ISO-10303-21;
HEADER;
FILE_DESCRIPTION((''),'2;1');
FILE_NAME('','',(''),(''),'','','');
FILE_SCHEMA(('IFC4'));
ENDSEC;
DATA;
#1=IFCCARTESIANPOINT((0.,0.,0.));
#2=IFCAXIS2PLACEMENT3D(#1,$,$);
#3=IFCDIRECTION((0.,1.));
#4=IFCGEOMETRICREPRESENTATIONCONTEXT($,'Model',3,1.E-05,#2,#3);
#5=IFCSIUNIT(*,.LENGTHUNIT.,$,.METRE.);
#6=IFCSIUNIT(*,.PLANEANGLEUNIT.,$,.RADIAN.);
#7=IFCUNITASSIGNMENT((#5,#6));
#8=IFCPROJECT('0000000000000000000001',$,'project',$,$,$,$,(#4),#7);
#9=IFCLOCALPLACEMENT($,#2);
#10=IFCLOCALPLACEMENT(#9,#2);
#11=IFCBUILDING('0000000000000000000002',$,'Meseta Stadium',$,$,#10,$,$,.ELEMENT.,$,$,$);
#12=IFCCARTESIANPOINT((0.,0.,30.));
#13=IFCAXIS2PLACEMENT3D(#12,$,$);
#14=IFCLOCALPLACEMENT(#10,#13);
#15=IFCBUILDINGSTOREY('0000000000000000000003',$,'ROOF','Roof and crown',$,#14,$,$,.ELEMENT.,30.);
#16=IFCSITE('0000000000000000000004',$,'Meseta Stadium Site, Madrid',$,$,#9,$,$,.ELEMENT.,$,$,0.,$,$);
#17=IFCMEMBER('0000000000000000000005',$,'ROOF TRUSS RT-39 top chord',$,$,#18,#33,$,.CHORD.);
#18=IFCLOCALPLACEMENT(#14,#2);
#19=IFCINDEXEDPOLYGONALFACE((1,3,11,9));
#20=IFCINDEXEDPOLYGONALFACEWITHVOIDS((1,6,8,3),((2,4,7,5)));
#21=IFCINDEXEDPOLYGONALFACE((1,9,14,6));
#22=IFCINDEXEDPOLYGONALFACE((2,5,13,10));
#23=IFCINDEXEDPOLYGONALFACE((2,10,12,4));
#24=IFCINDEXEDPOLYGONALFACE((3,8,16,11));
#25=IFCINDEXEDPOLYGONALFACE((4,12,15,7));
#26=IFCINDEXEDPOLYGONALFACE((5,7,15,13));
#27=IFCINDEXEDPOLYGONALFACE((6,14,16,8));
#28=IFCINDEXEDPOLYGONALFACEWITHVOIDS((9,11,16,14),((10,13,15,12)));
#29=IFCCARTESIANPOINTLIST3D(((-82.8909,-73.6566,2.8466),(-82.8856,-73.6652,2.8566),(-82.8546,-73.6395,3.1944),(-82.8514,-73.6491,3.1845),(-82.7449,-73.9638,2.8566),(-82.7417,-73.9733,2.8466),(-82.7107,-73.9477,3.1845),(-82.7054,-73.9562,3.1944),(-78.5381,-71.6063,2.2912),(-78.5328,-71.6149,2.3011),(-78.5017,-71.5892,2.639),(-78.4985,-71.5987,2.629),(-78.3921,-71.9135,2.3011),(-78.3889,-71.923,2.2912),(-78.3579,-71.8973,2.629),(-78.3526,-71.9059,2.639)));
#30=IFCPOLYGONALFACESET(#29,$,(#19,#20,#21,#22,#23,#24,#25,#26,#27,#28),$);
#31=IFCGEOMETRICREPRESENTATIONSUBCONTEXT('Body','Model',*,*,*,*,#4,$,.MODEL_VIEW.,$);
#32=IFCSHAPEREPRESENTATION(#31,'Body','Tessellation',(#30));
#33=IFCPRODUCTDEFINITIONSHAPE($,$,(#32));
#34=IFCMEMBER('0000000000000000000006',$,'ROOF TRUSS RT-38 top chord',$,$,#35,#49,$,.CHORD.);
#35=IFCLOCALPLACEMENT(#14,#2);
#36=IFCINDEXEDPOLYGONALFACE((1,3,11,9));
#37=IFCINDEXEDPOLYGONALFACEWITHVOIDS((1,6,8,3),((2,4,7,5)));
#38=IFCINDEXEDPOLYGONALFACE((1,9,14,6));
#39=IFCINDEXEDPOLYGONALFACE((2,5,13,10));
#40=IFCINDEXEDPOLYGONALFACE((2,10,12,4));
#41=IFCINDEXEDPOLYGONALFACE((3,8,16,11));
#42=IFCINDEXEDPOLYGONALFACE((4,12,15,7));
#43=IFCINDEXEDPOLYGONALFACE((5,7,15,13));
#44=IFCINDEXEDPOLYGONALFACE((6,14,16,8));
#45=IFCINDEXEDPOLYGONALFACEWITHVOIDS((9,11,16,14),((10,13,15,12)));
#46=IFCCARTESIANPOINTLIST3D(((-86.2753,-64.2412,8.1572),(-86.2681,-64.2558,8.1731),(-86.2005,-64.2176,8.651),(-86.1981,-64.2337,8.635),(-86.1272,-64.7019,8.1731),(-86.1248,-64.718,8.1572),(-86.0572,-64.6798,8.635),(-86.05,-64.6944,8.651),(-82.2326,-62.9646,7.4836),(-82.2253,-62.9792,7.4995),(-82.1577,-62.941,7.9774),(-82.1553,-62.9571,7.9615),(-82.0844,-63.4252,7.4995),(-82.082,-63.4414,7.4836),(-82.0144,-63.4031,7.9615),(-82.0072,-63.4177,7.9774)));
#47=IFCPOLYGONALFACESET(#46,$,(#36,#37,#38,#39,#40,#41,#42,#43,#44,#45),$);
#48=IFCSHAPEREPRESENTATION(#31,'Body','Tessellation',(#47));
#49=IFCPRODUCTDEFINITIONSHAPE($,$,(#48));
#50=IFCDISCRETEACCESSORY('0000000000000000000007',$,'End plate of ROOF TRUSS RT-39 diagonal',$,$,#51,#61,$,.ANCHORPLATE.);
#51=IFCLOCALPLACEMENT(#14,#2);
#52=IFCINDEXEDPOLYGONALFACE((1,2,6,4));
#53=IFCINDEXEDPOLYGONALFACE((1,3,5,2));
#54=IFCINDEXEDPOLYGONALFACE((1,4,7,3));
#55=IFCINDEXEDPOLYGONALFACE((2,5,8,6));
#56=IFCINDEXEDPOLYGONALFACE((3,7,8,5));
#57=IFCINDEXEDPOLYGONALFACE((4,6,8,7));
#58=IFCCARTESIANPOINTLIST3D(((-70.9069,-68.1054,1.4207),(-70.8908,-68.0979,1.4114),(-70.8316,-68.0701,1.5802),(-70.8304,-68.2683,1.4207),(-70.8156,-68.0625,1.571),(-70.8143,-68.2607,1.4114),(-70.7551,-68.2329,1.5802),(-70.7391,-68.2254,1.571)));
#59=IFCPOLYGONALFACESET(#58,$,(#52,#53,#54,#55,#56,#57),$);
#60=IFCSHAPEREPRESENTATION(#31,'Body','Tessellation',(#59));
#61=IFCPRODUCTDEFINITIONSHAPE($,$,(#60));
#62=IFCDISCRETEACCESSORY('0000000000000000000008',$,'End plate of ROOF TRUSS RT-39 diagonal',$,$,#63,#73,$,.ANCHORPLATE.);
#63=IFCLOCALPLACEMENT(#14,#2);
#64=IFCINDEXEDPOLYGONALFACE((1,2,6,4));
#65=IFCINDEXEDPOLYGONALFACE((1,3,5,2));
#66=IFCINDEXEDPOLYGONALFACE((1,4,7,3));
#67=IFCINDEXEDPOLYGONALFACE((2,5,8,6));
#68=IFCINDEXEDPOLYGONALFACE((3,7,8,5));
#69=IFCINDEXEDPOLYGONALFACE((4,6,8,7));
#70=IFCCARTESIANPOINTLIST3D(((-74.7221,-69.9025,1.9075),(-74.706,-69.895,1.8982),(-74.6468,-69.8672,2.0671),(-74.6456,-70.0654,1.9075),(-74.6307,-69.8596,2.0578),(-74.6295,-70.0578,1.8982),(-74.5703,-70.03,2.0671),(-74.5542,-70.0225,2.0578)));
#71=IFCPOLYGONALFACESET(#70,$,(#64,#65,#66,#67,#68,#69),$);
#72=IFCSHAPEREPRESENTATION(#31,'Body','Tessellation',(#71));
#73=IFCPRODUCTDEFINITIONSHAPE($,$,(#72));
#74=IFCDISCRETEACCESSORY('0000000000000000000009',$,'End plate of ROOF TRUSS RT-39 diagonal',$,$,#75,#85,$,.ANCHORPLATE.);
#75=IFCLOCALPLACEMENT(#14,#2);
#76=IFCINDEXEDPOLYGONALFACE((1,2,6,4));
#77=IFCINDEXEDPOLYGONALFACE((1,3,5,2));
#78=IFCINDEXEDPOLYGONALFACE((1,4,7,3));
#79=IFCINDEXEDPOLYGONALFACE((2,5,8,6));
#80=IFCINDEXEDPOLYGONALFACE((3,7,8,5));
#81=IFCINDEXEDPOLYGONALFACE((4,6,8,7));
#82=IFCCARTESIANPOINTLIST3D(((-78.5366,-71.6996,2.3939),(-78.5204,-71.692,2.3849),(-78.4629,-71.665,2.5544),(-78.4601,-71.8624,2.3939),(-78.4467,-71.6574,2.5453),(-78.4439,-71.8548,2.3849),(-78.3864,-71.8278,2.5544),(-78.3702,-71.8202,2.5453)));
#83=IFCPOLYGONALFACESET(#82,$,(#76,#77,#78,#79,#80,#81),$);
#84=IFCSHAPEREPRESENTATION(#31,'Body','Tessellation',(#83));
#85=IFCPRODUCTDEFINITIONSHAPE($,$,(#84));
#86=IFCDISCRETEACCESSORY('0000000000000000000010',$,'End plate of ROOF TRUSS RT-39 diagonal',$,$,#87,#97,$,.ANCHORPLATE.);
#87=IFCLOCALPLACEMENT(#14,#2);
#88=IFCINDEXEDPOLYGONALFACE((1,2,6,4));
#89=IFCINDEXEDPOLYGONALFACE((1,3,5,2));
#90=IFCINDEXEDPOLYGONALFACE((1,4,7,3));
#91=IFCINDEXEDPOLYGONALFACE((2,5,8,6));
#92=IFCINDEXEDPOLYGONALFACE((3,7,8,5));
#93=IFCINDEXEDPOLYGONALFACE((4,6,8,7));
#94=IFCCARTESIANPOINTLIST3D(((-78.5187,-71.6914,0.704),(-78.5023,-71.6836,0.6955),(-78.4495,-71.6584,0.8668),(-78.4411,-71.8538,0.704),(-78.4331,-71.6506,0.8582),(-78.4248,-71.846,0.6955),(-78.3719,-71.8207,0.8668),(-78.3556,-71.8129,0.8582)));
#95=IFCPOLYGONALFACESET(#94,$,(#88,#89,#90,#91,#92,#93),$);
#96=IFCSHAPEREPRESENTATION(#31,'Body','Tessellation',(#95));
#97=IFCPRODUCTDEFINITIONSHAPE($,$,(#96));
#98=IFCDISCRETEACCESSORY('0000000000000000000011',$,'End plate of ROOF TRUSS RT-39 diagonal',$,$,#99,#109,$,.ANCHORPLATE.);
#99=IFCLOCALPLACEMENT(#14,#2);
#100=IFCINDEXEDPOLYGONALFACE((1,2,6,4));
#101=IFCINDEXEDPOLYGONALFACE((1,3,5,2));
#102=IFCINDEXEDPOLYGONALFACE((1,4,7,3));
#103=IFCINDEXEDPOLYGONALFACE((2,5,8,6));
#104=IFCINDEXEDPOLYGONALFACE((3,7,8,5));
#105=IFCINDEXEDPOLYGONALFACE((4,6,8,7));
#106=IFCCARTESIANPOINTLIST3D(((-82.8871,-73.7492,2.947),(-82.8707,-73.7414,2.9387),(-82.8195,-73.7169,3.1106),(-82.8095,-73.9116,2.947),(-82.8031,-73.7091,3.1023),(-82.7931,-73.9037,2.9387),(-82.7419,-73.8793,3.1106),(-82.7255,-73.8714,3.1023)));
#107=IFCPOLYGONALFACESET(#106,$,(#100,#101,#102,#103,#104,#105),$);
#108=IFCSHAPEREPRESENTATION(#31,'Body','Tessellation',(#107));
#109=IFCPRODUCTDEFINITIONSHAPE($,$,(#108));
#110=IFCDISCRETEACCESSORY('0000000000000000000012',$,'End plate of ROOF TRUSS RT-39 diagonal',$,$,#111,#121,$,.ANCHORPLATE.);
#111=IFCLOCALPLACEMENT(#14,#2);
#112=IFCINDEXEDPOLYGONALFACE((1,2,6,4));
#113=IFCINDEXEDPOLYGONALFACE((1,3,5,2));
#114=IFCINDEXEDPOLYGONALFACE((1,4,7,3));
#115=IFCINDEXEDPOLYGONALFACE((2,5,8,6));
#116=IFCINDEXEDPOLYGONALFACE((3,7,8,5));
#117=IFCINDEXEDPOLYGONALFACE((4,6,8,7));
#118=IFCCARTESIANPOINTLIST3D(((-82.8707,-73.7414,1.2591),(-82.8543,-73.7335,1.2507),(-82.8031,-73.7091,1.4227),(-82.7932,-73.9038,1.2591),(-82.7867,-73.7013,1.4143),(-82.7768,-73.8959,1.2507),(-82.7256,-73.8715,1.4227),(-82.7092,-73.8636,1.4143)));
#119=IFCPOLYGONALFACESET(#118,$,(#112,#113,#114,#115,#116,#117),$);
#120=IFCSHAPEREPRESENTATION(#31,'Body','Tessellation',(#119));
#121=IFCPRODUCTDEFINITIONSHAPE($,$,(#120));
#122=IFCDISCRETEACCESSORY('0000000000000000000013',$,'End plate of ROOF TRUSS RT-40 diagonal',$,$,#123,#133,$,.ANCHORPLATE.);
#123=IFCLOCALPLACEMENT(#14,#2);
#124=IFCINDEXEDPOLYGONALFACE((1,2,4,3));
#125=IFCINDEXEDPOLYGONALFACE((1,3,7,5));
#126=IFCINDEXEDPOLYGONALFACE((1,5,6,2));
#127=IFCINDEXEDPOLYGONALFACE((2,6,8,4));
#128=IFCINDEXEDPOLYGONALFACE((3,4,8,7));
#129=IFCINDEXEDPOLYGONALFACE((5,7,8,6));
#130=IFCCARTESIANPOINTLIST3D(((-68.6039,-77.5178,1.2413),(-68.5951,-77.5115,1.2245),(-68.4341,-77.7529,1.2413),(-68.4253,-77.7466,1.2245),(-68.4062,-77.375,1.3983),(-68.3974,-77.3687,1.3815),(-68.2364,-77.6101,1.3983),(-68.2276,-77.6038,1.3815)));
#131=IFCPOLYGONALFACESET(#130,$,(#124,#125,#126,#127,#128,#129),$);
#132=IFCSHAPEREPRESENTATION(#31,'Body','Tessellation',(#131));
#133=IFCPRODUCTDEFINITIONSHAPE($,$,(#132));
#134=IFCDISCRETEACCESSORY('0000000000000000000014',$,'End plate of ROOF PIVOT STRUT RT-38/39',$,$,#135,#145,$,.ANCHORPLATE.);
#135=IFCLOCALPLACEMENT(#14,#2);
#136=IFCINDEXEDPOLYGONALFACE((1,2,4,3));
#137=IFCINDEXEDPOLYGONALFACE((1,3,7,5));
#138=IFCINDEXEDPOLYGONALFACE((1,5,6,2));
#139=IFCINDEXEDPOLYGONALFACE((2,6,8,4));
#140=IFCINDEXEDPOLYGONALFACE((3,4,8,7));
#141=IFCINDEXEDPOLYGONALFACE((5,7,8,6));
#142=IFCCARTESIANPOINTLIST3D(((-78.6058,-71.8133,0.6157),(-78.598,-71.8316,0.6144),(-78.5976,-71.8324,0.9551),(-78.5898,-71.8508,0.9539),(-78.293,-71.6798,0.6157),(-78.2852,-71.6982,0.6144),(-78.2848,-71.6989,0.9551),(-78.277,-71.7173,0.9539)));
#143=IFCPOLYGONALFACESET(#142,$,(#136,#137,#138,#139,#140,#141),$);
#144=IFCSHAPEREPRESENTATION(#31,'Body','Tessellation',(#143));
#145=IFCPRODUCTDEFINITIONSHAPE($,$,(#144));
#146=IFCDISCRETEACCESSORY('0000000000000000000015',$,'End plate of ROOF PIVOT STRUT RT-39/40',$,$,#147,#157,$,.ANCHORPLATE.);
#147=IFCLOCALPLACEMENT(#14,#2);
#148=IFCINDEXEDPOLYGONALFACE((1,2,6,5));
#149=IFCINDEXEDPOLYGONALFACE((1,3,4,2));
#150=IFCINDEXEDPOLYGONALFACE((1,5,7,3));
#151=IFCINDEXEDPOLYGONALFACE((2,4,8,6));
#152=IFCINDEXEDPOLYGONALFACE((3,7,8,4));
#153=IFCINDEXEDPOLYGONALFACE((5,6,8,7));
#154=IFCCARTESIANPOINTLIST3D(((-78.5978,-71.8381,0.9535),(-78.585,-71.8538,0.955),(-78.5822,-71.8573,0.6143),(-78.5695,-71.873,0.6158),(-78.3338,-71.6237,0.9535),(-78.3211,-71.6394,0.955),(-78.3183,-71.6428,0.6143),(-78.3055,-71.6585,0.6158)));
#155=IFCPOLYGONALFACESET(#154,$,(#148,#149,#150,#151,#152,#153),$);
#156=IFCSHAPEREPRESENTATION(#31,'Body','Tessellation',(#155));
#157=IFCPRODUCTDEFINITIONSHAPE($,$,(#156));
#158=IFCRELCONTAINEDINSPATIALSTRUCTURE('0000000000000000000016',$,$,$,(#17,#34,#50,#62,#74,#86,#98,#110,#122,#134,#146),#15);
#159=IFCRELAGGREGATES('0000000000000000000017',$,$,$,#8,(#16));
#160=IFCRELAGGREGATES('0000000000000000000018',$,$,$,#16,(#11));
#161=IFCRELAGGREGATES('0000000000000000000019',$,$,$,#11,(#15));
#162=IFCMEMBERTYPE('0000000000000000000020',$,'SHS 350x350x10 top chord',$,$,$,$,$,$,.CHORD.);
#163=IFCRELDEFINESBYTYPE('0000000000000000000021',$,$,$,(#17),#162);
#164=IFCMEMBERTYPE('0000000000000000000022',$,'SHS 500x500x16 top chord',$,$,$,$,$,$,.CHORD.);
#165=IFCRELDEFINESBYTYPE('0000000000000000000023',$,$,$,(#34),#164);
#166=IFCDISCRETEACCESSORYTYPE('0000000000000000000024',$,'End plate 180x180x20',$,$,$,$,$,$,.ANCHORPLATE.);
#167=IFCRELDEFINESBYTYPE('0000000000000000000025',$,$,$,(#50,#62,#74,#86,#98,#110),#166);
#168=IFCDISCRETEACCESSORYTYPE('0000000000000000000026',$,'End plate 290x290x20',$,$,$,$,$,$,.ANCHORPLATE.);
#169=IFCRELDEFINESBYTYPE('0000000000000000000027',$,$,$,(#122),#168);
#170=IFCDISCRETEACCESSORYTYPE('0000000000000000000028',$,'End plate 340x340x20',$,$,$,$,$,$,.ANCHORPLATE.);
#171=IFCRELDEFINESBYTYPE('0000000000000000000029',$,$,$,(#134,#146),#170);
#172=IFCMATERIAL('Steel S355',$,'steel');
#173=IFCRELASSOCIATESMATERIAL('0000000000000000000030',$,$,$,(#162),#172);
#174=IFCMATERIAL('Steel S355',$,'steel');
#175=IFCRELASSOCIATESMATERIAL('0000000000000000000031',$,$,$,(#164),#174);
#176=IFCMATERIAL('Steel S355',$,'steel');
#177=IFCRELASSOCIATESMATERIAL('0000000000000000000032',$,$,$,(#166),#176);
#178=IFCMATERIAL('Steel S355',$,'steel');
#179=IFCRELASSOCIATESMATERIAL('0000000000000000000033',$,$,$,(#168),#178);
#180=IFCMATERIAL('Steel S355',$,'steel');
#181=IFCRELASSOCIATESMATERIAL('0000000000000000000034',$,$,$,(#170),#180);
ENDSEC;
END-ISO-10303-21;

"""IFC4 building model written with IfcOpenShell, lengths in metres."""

from ifc_helpers import new_model, si_unit, direction, frame, origin, origin_2d, place, context, subcontext, project, spatial, rectangle, hollow_rectangle, extrude, material, material_profile, profile_set, type_object, element, save


model = new_model("IFC4")

# Units and contexts
model_context = context("Model", 3, precision=1e-05, world=origin(), true_north=direction((0.0, 1.0)))
body_context = subcontext(model_context, "Body", "Model", "MODEL_VIEW")
ifc_project = project(units=[si_unit("LENGTHUNIT", "METRE"), si_unit("PLANEANGLEUNIT", "RADIAN")], contexts=[model_context])

# Site, building, storey
site_placement = place(None, origin())
site = spatial("IfcSite", under=ifc_project, at=site_placement, Name="Meseta Stadium Site, Madrid", CompositionType="ELEMENT", RefElevation=0.0)
building_placement = place(site_placement, origin())
building = spatial("IfcBuilding", under=site, at=building_placement, Name="Meseta Stadium", CompositionType="ELEMENT")
storey_placement = place(building_placement, frame((0.0, 0.0, 30.0)))
storey = spatial("IfcBuildingStorey", under=building, at=storey_placement, Name="ROOF", Description="Roof and crown", CompositionType="ELEMENT", Elevation=30.0)

# Members
ifc_material_1 = material(Name="Steel S355", Category="steel")
ifc_material_profile_1 = material_profile(ifc_material_1, hollow_rectangle(XDim=0.3501, YDim=0.3501, WallThickness=0.01, at=origin_2d()), Name="SHS 350x350x10")
ifc_profile_set_1 = profile_set([ifc_material_profile_1], Name="Steel S355")
member_type_1 = type_object("IfcMemberType", Name="SHS 350x350x10 top chord", PredefinedType="CHORD", material=ifc_profile_set_1)
member_1_placement = place(storey_placement, frame((-78.4453, -71.7561, 2.4651), z_axis=(-0.898697, -0.423313, 0.114675), x_axis=(0.426124, -0.904665, 0.0)))
element("IfcMember", 1, at=member_1_placement, inside=storey, type_object=member_type_1, Name="ROOF TRUSS RT-39 top chord", PredefinedType="CHORD", context=body_context, shape_type="SweptSolid", body=[
    extrude(hollow_rectangle(XDim=0.3501, YDim=0.3501, WallThickness=0.01, at=origin_2d()), origin(), (0.0, 0.0, 1.0), 4.8435),
])
ifc_material_2 = material(Name="Steel S355", Category="steel")
ifc_material_profile_2 = material_profile(ifc_material_2, hollow_rectangle(XDim=0.5, YDim=0.5, WallThickness=0.0161, at=origin_2d()), Name="SHS 500x500x16")
ifc_profile_set_2 = profile_set([ifc_material_profile_2], Name="Steel S355")
member_type_2 = type_object("IfcMemberType", Name="SHS 500x500x16 top chord", PredefinedType="CHORD", material=ifc_profile_set_2)
member_2_placement = place(storey_placement, frame((-82.1199, -63.1912, 7.7305), z_axis=(-0.941772, -0.297393, 0.156915), x_axis=(0.301123, -0.953585, 0.0)))
element("IfcMember", 2, at=member_2_placement, inside=storey, type_object=member_type_2, Name="ROOF TRUSS RT-38 top chord", PredefinedType="CHORD", context=body_context, shape_type="SweptSolid", body=[
    extrude(hollow_rectangle(XDim=0.5, YDim=0.5, WallThickness=0.0161, at=origin_2d()), origin(), (0.0, 0.0, 1.0), 4.2927),
])

# Discrete accessories
ifc_material_3 = material(Name="Steel S355", Category="steel")
ifc_material_profile_3 = material_profile(ifc_material_3, rectangle(XDim=0.1799, YDim=0.1799, at=origin_2d()), Name="PL 180x180")
ifc_profile_set_3 = profile_set([ifc_material_profile_3], Name="Steel S355")
discrete_accessory_type_1 = type_object("IfcDiscreteAccessoryType", Name="End plate 180x180x20", PredefinedType="ANCHORPLATE", material=ifc_profile_set_3)
for number, where, z_axis, x_axis, name in (
    (3, (-70.8149, -68.1616, 1.4912), (-0.802673, -0.377013, 0.462145), (0.425136, -0.905129, 0.0), "End plate of ROOF TRUSS RT-39 diagonal"),
    (4, (-74.6301, -69.9587, 1.978), (-0.802673, -0.377013, 0.462145), (0.425136, -0.905129, 0.0), "End plate of ROOF TRUSS RT-39 diagonal"),
    (5, (-78.4453, -71.7561, 2.4651), (-0.807162, -0.379122, 0.4525), (0.425136, -0.905129, 0.0), "End plate of ROOF TRUSS RT-39 diagonal"),
    (6, (-78.429, -71.7483, 0.7769), (-0.816224, -0.389838, 0.426386), (0.430979, -0.902362, 0.0), "End plate of ROOF TRUSS RT-39 diagonal"),
    (7, (-82.7981, -73.8064, 3.0205), (-0.820436, -0.39185, 0.41634), (0.430979, -0.902362, 0.0), "End plate of ROOF TRUSS RT-39 diagonal"),
    (8, (-82.7817, -73.7986, 1.3325), (-0.820436, -0.39185, 0.41634), (0.430979, -0.902362, 0.0), "End plate of ROOF TRUSS RT-39 diagonal"),
):
    element("IfcDiscreteAccessory", number, at=place(storey_placement, frame(where, z_axis=z_axis, x_axis=x_axis)), inside=storey, type_object=discrete_accessory_type_1, Name=name, PredefinedType="ANCHORPLATE", context=body_context, shape_type="SweptSolid", body=[
        extrude(rectangle(XDim=0.1799, YDim=0.1799, at=origin_2d()), origin(), (0.0, 0.0, 1.0), 0.02),
    ])
ifc_material_4 = material(Name="Steel S355", Category="steel")
ifc_material_profile_4 = material_profile(ifc_material_4, rectangle(XDim=0.29, YDim=0.29, at=origin_2d()), Name="PL 290x290")
ifc_profile_set_4 = profile_set([ifc_material_profile_4], Name="Steel S355")
discrete_accessory_type_2 = type_object("IfcDiscreteAccessoryType", Name="End plate 290x290x20", PredefinedType="ANCHORPLATE", material=ifc_profile_set_4)
discrete_accessory_1_placement = place(storey_placement, frame((-68.4114, -77.5576, 1.303), z_axis=(-0.438731, -0.316861, 0.840901), x_axis=(0.585491, -0.810679, 0.0)))
element("IfcDiscreteAccessory", 9, at=discrete_accessory_1_placement, inside=storey, type_object=discrete_accessory_type_2, Name="End plate of ROOF TRUSS RT-40 diagonal", PredefinedType="ANCHORPLATE", context=body_context, shape_type="SweptSolid", body=[
    extrude(rectangle(XDim=0.29, YDim=0.29, at=origin_2d()), origin(), (0.0, 0.0, 1.0), 0.02),
])
ifc_material_5 = material(Name="Steel S355", Category="steel")
ifc_material_profile_5 = material_profile(ifc_material_5, rectangle(XDim=0.3401, YDim=0.3401, at=origin_2d()), Name="PL 340x340")
ifc_profile_set_5 = profile_set([ifc_material_profile_5], Name="Steel S355")
discrete_accessory_type_3 = type_object("IfcDiscreteAccessoryType", Name="End plate 340x340x20", PredefinedType="ANCHORPLATE", material=ifc_profile_set_5)
discrete_accessory_2_placement = place(storey_placement, frame((-78.4453, -71.7561, 0.7854), z_axis=(0.391703, -0.918054, -0.061204), x_axis=(0.919778, 0.392439, 0.0)))
element("IfcDiscreteAccessory", 10, at=discrete_accessory_2_placement, inside=storey, type_object=discrete_accessory_type_3, Name="End plate of ROOF PIVOT STRUT RT-38/39", PredefinedType="ANCHORPLATE", context=body_context, shape_type="SweptSolid", body=[
    extrude(rectangle(XDim=0.3401, YDim=0.3401, at=origin_2d()), origin(), (0.0, 0.0, 1.0), 0.02),
])
discrete_accessory_3_placement = place(storey_placement, frame((-78.458, -71.7405, 0.7839), z_axis=(0.62893, -0.774068, 0.072569), x_axis=(0.776114, 0.630593, 0.0)))
element("IfcDiscreteAccessory", 11, at=discrete_accessory_3_placement, inside=storey, type_object=discrete_accessory_type_3, Name="End plate of ROOF PIVOT STRUT RT-39/40", PredefinedType="ANCHORPLATE", context=body_context, shape_type="SweptSolid", body=[
    extrude(rectangle(XDim=0.3401, YDim=0.3401, at=origin_2d()), origin(), (0.0, 0.0, 1.0), 0.0203),
])

save(model, "model.ifc")
